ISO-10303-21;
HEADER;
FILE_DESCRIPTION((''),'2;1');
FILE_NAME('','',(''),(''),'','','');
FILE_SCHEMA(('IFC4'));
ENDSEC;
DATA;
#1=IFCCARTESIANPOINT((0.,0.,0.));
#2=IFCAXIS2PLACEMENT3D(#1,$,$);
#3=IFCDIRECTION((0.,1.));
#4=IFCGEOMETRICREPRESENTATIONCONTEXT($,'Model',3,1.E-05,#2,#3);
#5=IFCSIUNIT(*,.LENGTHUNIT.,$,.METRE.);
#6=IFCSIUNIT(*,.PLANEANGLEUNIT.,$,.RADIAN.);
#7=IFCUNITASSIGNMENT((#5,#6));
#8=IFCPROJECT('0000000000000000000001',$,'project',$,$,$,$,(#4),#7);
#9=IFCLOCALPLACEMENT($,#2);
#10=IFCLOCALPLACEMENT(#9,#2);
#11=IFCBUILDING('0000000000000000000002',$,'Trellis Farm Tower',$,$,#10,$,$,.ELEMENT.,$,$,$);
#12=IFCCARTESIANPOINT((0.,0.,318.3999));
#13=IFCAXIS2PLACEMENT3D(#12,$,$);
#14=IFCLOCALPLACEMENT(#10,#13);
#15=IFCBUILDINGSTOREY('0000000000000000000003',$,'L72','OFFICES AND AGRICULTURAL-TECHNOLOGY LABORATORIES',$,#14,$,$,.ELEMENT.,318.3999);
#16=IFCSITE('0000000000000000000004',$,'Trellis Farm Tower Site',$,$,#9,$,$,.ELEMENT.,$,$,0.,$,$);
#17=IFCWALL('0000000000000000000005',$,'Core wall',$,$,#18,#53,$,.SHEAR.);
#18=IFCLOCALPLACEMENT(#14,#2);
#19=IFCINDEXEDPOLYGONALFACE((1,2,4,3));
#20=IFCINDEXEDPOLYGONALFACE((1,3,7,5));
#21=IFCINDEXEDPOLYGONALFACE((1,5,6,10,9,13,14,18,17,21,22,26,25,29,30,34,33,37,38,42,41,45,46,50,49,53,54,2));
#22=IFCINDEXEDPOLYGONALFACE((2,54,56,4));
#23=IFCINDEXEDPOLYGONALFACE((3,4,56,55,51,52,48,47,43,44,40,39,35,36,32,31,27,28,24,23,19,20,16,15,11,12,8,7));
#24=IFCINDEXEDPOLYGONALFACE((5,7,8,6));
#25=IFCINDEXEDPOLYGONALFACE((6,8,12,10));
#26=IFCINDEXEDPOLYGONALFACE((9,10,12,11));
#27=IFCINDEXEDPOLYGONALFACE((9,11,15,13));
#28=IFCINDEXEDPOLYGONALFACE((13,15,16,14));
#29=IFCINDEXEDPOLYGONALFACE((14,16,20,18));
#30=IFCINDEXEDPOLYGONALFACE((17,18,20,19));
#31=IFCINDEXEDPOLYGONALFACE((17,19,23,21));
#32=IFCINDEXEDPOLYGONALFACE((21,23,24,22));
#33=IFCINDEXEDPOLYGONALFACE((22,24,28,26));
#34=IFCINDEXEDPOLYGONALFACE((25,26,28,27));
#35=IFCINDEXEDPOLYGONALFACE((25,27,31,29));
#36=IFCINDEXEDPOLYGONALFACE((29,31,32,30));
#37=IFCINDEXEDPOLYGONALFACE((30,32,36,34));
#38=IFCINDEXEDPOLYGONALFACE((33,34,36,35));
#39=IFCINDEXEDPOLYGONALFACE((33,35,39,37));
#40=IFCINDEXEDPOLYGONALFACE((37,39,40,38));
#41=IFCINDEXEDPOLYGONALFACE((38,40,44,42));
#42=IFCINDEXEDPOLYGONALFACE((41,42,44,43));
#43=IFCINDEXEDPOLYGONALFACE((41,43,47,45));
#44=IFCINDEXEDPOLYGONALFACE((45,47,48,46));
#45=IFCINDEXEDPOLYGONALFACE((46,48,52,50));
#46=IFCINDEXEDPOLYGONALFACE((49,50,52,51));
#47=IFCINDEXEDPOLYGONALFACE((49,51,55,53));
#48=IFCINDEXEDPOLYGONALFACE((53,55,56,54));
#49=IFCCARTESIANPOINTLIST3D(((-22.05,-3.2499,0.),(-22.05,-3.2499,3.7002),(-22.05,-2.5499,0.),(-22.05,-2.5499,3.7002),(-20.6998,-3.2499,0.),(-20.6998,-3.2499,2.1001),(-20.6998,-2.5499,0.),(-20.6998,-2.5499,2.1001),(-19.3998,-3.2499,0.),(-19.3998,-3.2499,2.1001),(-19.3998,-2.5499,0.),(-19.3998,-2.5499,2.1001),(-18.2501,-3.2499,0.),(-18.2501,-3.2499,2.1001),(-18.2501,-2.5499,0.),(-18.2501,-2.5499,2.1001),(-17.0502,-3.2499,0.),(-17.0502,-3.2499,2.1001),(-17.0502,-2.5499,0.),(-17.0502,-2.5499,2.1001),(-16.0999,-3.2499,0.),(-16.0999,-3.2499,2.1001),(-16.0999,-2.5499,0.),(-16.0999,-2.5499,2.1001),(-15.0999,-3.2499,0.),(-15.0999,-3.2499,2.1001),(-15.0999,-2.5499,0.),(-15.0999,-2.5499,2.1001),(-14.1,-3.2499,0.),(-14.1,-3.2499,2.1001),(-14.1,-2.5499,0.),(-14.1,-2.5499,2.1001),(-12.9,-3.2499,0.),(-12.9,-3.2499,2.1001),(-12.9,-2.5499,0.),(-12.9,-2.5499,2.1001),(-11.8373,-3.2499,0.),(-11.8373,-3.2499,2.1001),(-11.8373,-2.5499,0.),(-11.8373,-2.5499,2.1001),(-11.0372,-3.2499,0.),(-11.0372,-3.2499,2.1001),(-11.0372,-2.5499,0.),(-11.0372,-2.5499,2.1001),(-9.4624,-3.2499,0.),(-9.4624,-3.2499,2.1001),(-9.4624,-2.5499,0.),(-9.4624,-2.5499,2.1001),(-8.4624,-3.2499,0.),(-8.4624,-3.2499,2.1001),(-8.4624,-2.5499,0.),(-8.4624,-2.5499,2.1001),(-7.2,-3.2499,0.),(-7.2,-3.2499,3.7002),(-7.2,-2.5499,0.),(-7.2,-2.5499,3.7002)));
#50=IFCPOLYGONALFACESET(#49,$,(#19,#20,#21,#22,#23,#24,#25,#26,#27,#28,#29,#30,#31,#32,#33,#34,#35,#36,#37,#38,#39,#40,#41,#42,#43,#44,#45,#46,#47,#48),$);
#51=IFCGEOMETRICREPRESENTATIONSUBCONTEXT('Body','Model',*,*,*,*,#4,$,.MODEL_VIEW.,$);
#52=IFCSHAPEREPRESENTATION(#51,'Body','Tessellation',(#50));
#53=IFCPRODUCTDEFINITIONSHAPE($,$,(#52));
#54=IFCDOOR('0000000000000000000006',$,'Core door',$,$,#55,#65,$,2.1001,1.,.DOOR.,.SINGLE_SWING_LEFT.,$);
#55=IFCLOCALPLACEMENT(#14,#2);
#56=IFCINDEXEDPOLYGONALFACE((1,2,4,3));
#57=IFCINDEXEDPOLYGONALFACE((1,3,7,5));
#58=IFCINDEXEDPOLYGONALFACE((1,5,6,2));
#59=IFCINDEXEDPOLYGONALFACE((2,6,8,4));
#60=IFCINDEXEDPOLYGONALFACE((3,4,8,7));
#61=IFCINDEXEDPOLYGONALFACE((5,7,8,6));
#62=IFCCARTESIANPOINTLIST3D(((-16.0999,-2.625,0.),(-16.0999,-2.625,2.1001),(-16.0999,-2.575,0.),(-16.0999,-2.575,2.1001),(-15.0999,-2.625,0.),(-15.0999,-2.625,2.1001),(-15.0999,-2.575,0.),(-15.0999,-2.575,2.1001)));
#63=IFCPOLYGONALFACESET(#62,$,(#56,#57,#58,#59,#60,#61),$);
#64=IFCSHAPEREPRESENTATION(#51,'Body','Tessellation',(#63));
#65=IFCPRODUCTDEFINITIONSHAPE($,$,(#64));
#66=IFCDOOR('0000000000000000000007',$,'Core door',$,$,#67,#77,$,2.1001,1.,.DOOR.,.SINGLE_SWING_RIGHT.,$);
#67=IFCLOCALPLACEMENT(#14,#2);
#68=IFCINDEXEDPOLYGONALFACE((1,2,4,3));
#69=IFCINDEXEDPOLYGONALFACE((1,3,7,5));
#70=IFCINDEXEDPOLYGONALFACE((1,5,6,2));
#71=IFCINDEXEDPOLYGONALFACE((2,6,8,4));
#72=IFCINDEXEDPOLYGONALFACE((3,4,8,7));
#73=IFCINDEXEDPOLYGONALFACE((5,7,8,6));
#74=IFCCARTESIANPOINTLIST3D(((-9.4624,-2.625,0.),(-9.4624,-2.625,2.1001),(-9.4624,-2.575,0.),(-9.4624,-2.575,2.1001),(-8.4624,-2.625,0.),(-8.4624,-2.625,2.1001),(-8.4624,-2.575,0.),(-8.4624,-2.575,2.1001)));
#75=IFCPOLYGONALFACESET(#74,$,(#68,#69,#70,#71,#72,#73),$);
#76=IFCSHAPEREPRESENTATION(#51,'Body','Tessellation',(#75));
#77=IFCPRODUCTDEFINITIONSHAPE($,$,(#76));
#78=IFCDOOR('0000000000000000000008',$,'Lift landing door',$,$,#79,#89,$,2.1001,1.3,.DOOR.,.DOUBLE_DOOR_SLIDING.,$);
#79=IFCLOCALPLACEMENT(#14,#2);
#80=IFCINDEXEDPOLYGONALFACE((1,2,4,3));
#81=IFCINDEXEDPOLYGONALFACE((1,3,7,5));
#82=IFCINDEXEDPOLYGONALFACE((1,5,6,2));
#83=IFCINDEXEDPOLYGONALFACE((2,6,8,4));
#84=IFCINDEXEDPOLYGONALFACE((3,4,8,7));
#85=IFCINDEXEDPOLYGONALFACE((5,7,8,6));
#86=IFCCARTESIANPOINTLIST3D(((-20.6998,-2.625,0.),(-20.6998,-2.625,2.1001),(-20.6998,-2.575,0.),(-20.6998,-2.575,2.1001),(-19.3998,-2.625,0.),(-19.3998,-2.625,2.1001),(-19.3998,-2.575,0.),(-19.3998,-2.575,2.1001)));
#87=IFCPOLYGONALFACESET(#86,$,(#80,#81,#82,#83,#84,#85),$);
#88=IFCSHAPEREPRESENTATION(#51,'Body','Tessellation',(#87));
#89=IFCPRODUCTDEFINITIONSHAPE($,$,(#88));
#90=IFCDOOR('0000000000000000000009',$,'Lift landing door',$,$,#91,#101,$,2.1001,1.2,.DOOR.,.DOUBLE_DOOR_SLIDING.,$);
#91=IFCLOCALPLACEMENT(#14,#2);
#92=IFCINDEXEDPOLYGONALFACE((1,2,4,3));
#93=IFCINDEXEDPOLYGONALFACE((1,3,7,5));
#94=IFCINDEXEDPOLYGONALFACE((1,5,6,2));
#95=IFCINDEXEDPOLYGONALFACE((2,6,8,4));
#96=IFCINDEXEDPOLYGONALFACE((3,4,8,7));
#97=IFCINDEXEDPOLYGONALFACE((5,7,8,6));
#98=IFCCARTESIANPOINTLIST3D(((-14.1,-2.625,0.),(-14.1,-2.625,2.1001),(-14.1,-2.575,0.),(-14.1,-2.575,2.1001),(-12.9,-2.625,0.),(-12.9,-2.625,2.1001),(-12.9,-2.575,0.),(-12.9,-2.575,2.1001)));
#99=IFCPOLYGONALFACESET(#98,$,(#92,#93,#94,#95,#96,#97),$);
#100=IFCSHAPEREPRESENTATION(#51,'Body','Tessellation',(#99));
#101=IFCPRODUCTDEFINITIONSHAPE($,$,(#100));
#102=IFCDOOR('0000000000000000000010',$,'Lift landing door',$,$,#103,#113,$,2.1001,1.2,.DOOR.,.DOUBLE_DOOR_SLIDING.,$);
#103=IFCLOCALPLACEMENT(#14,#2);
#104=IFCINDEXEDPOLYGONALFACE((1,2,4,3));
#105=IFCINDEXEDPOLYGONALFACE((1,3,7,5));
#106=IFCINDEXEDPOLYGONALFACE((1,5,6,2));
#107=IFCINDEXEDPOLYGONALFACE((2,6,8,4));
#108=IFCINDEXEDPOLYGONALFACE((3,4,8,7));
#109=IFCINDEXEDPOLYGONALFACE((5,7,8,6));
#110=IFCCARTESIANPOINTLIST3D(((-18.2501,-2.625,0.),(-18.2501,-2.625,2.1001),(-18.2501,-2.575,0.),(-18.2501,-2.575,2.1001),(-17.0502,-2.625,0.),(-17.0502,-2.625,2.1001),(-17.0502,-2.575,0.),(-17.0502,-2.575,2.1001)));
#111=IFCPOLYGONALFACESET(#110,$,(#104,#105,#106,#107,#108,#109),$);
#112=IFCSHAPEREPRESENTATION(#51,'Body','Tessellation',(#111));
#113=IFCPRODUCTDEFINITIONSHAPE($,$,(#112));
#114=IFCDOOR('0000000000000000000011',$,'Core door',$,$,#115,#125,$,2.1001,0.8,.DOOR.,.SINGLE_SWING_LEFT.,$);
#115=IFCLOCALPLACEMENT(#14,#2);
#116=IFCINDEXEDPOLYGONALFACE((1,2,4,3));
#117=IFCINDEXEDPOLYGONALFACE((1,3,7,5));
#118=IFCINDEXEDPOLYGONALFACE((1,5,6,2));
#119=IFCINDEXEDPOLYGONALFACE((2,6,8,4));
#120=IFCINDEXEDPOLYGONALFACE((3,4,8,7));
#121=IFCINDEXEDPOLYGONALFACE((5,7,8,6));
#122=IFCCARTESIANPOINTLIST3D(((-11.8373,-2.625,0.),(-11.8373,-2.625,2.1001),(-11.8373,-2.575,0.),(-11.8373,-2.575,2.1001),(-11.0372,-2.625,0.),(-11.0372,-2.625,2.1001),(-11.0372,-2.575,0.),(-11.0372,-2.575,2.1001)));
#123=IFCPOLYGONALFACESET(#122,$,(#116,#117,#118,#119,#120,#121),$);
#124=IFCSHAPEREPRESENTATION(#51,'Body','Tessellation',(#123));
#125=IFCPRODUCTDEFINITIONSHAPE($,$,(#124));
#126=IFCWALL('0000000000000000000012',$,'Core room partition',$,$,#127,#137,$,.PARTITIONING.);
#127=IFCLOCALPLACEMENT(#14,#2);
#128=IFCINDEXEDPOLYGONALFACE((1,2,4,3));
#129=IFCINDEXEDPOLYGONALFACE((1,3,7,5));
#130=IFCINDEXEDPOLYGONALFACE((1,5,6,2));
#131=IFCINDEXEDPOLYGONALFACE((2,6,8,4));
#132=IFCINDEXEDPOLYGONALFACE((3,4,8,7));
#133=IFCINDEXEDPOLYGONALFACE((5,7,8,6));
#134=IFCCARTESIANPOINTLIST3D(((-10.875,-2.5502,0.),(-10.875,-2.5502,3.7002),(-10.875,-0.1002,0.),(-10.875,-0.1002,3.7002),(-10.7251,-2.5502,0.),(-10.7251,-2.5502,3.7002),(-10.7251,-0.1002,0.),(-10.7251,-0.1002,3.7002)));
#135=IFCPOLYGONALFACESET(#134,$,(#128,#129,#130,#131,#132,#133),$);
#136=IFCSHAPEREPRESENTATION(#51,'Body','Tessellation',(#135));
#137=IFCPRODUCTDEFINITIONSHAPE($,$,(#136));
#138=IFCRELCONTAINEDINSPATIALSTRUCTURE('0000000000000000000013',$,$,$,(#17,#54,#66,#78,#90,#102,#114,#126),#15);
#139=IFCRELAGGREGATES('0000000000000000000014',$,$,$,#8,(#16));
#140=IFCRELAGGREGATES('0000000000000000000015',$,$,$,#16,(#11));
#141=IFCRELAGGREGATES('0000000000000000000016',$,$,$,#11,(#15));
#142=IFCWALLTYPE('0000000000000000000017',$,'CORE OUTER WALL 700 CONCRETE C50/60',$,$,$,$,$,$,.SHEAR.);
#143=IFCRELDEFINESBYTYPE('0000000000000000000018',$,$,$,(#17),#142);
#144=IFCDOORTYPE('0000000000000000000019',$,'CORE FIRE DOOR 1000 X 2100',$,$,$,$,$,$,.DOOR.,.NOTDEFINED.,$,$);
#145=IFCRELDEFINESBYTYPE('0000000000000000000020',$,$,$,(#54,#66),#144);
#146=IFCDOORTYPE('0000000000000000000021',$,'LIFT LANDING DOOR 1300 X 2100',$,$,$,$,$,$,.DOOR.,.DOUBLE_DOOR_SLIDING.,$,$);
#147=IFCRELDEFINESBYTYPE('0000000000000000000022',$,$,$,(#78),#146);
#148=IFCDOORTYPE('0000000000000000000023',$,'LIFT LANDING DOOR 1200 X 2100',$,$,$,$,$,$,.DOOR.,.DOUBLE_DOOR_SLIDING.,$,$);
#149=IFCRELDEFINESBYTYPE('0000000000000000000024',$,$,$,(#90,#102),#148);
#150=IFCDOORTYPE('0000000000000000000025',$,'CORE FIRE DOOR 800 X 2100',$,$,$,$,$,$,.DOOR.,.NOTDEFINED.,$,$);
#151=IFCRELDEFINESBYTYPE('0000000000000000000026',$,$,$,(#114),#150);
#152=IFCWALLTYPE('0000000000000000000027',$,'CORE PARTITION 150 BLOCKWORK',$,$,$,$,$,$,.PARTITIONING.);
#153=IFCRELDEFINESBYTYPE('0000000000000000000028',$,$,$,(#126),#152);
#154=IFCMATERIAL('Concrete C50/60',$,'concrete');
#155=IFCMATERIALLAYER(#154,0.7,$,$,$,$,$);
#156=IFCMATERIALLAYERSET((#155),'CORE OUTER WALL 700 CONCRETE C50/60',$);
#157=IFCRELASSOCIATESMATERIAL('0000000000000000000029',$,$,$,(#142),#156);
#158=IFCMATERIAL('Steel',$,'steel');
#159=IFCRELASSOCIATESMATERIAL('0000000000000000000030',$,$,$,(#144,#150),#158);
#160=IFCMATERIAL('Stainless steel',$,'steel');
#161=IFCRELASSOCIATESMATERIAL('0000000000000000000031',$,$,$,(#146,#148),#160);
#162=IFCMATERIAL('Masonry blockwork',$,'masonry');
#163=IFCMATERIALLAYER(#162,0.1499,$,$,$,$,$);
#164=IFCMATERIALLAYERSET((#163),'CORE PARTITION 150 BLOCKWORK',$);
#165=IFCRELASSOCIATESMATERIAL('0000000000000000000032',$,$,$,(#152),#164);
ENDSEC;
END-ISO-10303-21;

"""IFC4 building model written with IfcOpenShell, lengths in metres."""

from ifc_helpers import new_model, si_unit, direction, frame, frame_2d, origin, place, context, subcontext, project, spatial, rectangle, extrude, source, transform, mapped, material, layer, layer_set, type_object, element, fill, save


model = new_model("IFC4")

# Units and contexts
model_context = context("Model", 3, precision=1e-05, world=origin(), true_north=direction((0.0, 1.0)))
body_context = subcontext(model_context, "Body", "Model", "MODEL_VIEW")
ifc_project = project(units=[si_unit("LENGTHUNIT", "METRE"), si_unit("PLANEANGLEUNIT", "RADIAN")], contexts=[model_context])

# Site, building, storey
site_placement = place(None, origin())
site = spatial("IfcSite", under=ifc_project, at=site_placement, Name="Trellis Farm Tower Site", CompositionType="ELEMENT", RefElevation=0.0)
building_placement = place(site_placement, origin())
building = spatial("IfcBuilding", under=site, at=building_placement, Name="Trellis Farm Tower", CompositionType="ELEMENT")
storey_placement = place(building_placement, frame((0.0, 0.0, 318.3999)))
storey = spatial("IfcBuildingStorey", under=building, at=storey_placement, Name="L72", Description="OFFICES AND AGRICULTURAL-TECHNOLOGY LABORATORIES", CompositionType="ELEMENT", Elevation=318.3999)

# Shared definitions
ifc_material_1 = material(Name="Concrete C50/60", Category="concrete")

# Shared definitions
ifc_material_2 = material(Name="Masonry blockwork", Category="masonry")
ifc_material_3 = material(Name="Steel", Category="steel")

# Wall, openings, doors
ifc_layer_1 = layer(ifc_material_1, 0.7)
ifc_layer_set_1 = layer_set([ifc_layer_1], Name="CORE OUTER WALL 700 CONCRETE C50/60")
wall_type_1 = type_object("IfcWallType", Name="CORE OUTER WALL 700 CONCRETE C50/60", PredefinedType="SHEAR", material=ifc_layer_set_1)
shared_shape_1 = source(origin(), body_context, "Body", "SweptSolid", [
    extrude(rectangle(XDim=14.8501, YDim=0.7, at=frame_2d((7.425, 0.0))), origin(), (0.0, 0.0, 1.0), 3.7002),
])
wall_1_placement = place(storey_placement, frame((-7.2, -2.8999, 0.0), z_axis=(0.0, 0.0, 1.0), x_axis=(-1.0, 0.0, 0.0)))
wall_1 = element("IfcWall", 1, at=wall_1_placement, inside=storey, type_object=wall_type_1, Name="Core wall", PredefinedType="SHEAR", context=body_context, shape_type="MappedRepresentation", body=[
    mapped(shared_shape_1, transform((0.0, 0.0, 0.0))),
])
shared_shape_2 = source(origin(), body_context, "Body", "SweptSolid", [
    extrude(rectangle(XDim=1.2, YDim=2.1001, at=frame_2d((0.6001, 1.05))), frame((0.0, 0.3601, 0.0), z_axis=(0.0, -1.0, 0.0), x_axis=(1.0, 0.0, 0.0)), (0.0, 0.0, 1.0), 0.7202),
])
opening_1_placement = place(wall_1_placement, frame((5.7, 0.0, 0.0)))
opening_1 = element("IfcOpeningElement", 2, at=opening_1_placement, cuts=wall_1, PredefinedType="OPENING", context=body_context, shape_type="MappedRepresentation", body=[
    mapped(shared_shape_2, transform((0.0, 0.0, 0.0))),
])
shared_shape_3 = source(origin(), body_context, "Body", "SweptSolid", [
    extrude(rectangle(XDim=1.3, YDim=2.1001, at=frame_2d((0.6499, 1.05))), frame((0.0, 0.3601, 0.0), z_axis=(0.0, -1.0, 0.0), x_axis=(1.0, 0.0, 0.0)), (0.0, 0.0, 1.0), 0.7202),
])
opening_2_placement = place(wall_1_placement, frame((12.2, 0.0, 0.0)))
opening_2 = element("IfcOpeningElement", 3, at=opening_2_placement, cuts=wall_1, PredefinedType="OPENING", context=body_context, shape_type="MappedRepresentation", body=[
    mapped(shared_shape_3, transform((0.0, 0.0, 0.0))),
])
opening_3_placement = place(wall_1_placement, frame((9.8501, 0.0, 0.0)))
opening_3 = element("IfcOpeningElement", 4, at=opening_3_placement, cuts=wall_1, PredefinedType="OPENING", context=body_context, shape_type="MappedRepresentation", body=[
    mapped(shared_shape_2, transform((0.0, 0.0, 0.0))),
])
shared_shape_4 = source(origin(), body_context, "Body", "SweptSolid", [
    extrude(rectangle(XDim=1.0, YDim=2.1001, at=frame_2d((0.5, 1.05))), frame((0.0, 0.3601, 0.0), z_axis=(0.0, -1.0, 0.0), x_axis=(1.0, 0.0, 0.0)), (0.0, 0.0, 1.0), 0.7202),
])
opening_4_placement = place(wall_1_placement, frame((7.8999, 0.0, 0.0)))
opening_4 = element("IfcOpeningElement", 5, at=opening_4_placement, cuts=wall_1, PredefinedType="OPENING", context=body_context, shape_type="MappedRepresentation", body=[
    mapped(shared_shape_4, transform((0.0, 0.0, 0.0))),
])
opening_5_placement = place(wall_1_placement, frame((1.2625, 0.0, 0.0)))
opening_5 = element("IfcOpeningElement", 6, at=opening_5_placement, cuts=wall_1, PredefinedType="OPENING", context=body_context, shape_type="MappedRepresentation", body=[
    mapped(shared_shape_4, transform((0.0, 0.0, 0.0))),
])
shared_shape_5 = source(origin(), body_context, "Body", "SweptSolid", [
    extrude(rectangle(XDim=0.8, YDim=2.1001, at=frame_2d((0.3999, 1.05))), frame((0.0, 0.3601, 0.0), z_axis=(0.0, -1.0, 0.0), x_axis=(1.0, 0.0, 0.0)), (0.0, 0.0, 1.0), 0.7202),
])
opening_6_placement = place(wall_1_placement, frame((3.8374, 0.0, 0.0)))
opening_6 = element("IfcOpeningElement", 7, at=opening_6_placement, cuts=wall_1, PredefinedType="OPENING", context=body_context, shape_type="MappedRepresentation", body=[
    mapped(shared_shape_5, transform((0.0, 0.0, 0.0))),
])
door_type_1 = type_object("IfcDoorType", Name="CORE FIRE DOOR 1000 X 2100", OperationType="NOTDEFINED", PredefinedType="DOOR", material=ifc_material_3)
shared_shape_6 = source(origin(), body_context, "Body", "SweptSolid", [
    extrude(rectangle(XDim=1.0, YDim=2.1001, at=frame_2d((0.5, 1.05))), frame((0.0, -0.2749, 0.0), z_axis=(0.0, -1.0, 0.0), x_axis=(1.0, 0.0, 0.0)), (0.0, 0.0, 1.0), 0.05),
])
door_1_placement = place(opening_4_placement, origin())
door_1 = element("IfcDoor", 8, at=door_1_placement, inside=storey, type_object=door_type_1, Name="Core door", OperationType="SINGLE_SWING_LEFT", OverallHeight=2.1001, OverallWidth=1.0, PredefinedType="DOOR", context=body_context, shape_type="MappedRepresentation", body=[
    mapped(shared_shape_6, transform((0.0, 0.0, 0.0))),
])
fill(opening_4, door_1)
door_2_placement = place(opening_5_placement, origin())
door_2 = element("IfcDoor", 9, at=door_2_placement, inside=storey, type_object=door_type_1, Name="Core door", OperationType="SINGLE_SWING_RIGHT", OverallHeight=2.1001, OverallWidth=1.0, PredefinedType="DOOR", context=body_context, shape_type="MappedRepresentation", body=[
    mapped(shared_shape_6, transform((0.0, 0.0, 0.0))),
])
fill(opening_5, door_2)
ifc_material_4 = material(Name="Stainless steel", Category="steel")
door_type_2 = type_object("IfcDoorType", Name="LIFT LANDING DOOR 1300 X 2100", OperationType="DOUBLE_DOOR_SLIDING", PredefinedType="DOOR", material=ifc_material_4)
shared_shape_7 = source(origin(), body_context, "Body", "SweptSolid", [
    extrude(rectangle(XDim=1.3, YDim=2.1001, at=frame_2d((0.6499, 1.05))), frame((0.0, -0.2749, 0.0), z_axis=(0.0, -1.0, 0.0), x_axis=(1.0, 0.0, 0.0)), (0.0, 0.0, 1.0), 0.05),
])
door_3_placement = place(opening_2_placement, origin())
door_3 = element("IfcDoor", 10, at=door_3_placement, inside=storey, type_object=door_type_2, Name="Lift landing door", OperationType="DOUBLE_DOOR_SLIDING", OverallHeight=2.1001, OverallWidth=1.3, PredefinedType="DOOR", context=body_context, shape_type="MappedRepresentation", body=[
    mapped(shared_shape_7, transform((0.0, 0.0, 0.0))),
])
fill(opening_2, door_3)
door_type_3 = type_object("IfcDoorType", Name="LIFT LANDING DOOR 1200 X 2100", OperationType="DOUBLE_DOOR_SLIDING", PredefinedType="DOOR", material=ifc_material_4)
shared_shape_8 = source(origin(), body_context, "Body", "SweptSolid", [
    extrude(rectangle(XDim=1.2, YDim=2.1001, at=frame_2d((0.6001, 1.05))), frame((0.0, -0.2749, 0.0), z_axis=(0.0, -1.0, 0.0), x_axis=(1.0, 0.0, 0.0)), (0.0, 0.0, 1.0), 0.05),
])
door_4_placement = place(opening_1_placement, origin())
door_4 = element("IfcDoor", 11, at=door_4_placement, inside=storey, type_object=door_type_3, Name="Lift landing door", OperationType="DOUBLE_DOOR_SLIDING", OverallHeight=2.1001, OverallWidth=1.2, PredefinedType="DOOR", context=body_context, shape_type="MappedRepresentation", body=[
    mapped(shared_shape_8, transform((0.0, 0.0, 0.0))),
])
fill(opening_1, door_4)
door_5_placement = place(opening_3_placement, origin())
door_5 = element("IfcDoor", 12, at=door_5_placement, inside=storey, type_object=door_type_3, Name="Lift landing door", OperationType="DOUBLE_DOOR_SLIDING", OverallHeight=2.1001, OverallWidth=1.2, PredefinedType="DOOR", context=body_context, shape_type="MappedRepresentation", body=[
    mapped(shared_shape_8, transform((0.0, 0.0, 0.0))),
])
fill(opening_3, door_5)
door_type_4 = type_object("IfcDoorType", Name="CORE FIRE DOOR 800 X 2100", OperationType="NOTDEFINED", PredefinedType="DOOR", material=ifc_material_3)
shared_shape_9 = source(origin(), body_context, "Body", "SweptSolid", [
    extrude(rectangle(XDim=0.8, YDim=2.1001, at=frame_2d((0.3999, 1.05))), frame((0.0, -0.2749, 0.0), z_axis=(0.0, -1.0, 0.0), x_axis=(1.0, 0.0, 0.0)), (0.0, 0.0, 1.0), 0.05),
])
door_6_placement = place(opening_6_placement, origin())
door_6 = element("IfcDoor", 13, at=door_6_placement, inside=storey, type_object=door_type_4, Name="Core door", OperationType="SINGLE_SWING_LEFT", OverallHeight=2.1001, OverallWidth=0.8, PredefinedType="DOOR", context=body_context, shape_type="MappedRepresentation", body=[
    mapped(shared_shape_9, transform((0.0, 0.0, 0.0))),
])
fill(opening_6, door_6)

# Wall
ifc_layer_2 = layer(ifc_material_2, 0.1499)
ifc_layer_set_2 = layer_set([ifc_layer_2], Name="CORE PARTITION 150 BLOCKWORK")
wall_type_2 = type_object("IfcWallType", Name="CORE PARTITION 150 BLOCKWORK", PredefinedType="PARTITIONING", material=ifc_layer_set_2)
shared_shape_10 = source(origin(), body_context, "Body", "SweptSolid", [
    extrude(rectangle(XDim=2.45, YDim=0.1499, at=frame_2d((1.2251, 0.0))), origin(), (0.0, 0.0, 1.0), 3.7002),
])
wall_2_placement = place(storey_placement, frame((-10.8, -0.1001, 0.0), z_axis=(0.0, 0.0, 1.0), x_axis=(0.0, -1.0, 0.0)))
element("IfcWall", 14, at=wall_2_placement, inside=storey, type_object=wall_type_2, Name="Core room partition", PredefinedType="PARTITIONING", context=body_context, shape_type="MappedRepresentation", body=[
    mapped(shared_shape_10, transform((0.0, 0.0, 0.0))),
])

save(model, "model.ifc")
